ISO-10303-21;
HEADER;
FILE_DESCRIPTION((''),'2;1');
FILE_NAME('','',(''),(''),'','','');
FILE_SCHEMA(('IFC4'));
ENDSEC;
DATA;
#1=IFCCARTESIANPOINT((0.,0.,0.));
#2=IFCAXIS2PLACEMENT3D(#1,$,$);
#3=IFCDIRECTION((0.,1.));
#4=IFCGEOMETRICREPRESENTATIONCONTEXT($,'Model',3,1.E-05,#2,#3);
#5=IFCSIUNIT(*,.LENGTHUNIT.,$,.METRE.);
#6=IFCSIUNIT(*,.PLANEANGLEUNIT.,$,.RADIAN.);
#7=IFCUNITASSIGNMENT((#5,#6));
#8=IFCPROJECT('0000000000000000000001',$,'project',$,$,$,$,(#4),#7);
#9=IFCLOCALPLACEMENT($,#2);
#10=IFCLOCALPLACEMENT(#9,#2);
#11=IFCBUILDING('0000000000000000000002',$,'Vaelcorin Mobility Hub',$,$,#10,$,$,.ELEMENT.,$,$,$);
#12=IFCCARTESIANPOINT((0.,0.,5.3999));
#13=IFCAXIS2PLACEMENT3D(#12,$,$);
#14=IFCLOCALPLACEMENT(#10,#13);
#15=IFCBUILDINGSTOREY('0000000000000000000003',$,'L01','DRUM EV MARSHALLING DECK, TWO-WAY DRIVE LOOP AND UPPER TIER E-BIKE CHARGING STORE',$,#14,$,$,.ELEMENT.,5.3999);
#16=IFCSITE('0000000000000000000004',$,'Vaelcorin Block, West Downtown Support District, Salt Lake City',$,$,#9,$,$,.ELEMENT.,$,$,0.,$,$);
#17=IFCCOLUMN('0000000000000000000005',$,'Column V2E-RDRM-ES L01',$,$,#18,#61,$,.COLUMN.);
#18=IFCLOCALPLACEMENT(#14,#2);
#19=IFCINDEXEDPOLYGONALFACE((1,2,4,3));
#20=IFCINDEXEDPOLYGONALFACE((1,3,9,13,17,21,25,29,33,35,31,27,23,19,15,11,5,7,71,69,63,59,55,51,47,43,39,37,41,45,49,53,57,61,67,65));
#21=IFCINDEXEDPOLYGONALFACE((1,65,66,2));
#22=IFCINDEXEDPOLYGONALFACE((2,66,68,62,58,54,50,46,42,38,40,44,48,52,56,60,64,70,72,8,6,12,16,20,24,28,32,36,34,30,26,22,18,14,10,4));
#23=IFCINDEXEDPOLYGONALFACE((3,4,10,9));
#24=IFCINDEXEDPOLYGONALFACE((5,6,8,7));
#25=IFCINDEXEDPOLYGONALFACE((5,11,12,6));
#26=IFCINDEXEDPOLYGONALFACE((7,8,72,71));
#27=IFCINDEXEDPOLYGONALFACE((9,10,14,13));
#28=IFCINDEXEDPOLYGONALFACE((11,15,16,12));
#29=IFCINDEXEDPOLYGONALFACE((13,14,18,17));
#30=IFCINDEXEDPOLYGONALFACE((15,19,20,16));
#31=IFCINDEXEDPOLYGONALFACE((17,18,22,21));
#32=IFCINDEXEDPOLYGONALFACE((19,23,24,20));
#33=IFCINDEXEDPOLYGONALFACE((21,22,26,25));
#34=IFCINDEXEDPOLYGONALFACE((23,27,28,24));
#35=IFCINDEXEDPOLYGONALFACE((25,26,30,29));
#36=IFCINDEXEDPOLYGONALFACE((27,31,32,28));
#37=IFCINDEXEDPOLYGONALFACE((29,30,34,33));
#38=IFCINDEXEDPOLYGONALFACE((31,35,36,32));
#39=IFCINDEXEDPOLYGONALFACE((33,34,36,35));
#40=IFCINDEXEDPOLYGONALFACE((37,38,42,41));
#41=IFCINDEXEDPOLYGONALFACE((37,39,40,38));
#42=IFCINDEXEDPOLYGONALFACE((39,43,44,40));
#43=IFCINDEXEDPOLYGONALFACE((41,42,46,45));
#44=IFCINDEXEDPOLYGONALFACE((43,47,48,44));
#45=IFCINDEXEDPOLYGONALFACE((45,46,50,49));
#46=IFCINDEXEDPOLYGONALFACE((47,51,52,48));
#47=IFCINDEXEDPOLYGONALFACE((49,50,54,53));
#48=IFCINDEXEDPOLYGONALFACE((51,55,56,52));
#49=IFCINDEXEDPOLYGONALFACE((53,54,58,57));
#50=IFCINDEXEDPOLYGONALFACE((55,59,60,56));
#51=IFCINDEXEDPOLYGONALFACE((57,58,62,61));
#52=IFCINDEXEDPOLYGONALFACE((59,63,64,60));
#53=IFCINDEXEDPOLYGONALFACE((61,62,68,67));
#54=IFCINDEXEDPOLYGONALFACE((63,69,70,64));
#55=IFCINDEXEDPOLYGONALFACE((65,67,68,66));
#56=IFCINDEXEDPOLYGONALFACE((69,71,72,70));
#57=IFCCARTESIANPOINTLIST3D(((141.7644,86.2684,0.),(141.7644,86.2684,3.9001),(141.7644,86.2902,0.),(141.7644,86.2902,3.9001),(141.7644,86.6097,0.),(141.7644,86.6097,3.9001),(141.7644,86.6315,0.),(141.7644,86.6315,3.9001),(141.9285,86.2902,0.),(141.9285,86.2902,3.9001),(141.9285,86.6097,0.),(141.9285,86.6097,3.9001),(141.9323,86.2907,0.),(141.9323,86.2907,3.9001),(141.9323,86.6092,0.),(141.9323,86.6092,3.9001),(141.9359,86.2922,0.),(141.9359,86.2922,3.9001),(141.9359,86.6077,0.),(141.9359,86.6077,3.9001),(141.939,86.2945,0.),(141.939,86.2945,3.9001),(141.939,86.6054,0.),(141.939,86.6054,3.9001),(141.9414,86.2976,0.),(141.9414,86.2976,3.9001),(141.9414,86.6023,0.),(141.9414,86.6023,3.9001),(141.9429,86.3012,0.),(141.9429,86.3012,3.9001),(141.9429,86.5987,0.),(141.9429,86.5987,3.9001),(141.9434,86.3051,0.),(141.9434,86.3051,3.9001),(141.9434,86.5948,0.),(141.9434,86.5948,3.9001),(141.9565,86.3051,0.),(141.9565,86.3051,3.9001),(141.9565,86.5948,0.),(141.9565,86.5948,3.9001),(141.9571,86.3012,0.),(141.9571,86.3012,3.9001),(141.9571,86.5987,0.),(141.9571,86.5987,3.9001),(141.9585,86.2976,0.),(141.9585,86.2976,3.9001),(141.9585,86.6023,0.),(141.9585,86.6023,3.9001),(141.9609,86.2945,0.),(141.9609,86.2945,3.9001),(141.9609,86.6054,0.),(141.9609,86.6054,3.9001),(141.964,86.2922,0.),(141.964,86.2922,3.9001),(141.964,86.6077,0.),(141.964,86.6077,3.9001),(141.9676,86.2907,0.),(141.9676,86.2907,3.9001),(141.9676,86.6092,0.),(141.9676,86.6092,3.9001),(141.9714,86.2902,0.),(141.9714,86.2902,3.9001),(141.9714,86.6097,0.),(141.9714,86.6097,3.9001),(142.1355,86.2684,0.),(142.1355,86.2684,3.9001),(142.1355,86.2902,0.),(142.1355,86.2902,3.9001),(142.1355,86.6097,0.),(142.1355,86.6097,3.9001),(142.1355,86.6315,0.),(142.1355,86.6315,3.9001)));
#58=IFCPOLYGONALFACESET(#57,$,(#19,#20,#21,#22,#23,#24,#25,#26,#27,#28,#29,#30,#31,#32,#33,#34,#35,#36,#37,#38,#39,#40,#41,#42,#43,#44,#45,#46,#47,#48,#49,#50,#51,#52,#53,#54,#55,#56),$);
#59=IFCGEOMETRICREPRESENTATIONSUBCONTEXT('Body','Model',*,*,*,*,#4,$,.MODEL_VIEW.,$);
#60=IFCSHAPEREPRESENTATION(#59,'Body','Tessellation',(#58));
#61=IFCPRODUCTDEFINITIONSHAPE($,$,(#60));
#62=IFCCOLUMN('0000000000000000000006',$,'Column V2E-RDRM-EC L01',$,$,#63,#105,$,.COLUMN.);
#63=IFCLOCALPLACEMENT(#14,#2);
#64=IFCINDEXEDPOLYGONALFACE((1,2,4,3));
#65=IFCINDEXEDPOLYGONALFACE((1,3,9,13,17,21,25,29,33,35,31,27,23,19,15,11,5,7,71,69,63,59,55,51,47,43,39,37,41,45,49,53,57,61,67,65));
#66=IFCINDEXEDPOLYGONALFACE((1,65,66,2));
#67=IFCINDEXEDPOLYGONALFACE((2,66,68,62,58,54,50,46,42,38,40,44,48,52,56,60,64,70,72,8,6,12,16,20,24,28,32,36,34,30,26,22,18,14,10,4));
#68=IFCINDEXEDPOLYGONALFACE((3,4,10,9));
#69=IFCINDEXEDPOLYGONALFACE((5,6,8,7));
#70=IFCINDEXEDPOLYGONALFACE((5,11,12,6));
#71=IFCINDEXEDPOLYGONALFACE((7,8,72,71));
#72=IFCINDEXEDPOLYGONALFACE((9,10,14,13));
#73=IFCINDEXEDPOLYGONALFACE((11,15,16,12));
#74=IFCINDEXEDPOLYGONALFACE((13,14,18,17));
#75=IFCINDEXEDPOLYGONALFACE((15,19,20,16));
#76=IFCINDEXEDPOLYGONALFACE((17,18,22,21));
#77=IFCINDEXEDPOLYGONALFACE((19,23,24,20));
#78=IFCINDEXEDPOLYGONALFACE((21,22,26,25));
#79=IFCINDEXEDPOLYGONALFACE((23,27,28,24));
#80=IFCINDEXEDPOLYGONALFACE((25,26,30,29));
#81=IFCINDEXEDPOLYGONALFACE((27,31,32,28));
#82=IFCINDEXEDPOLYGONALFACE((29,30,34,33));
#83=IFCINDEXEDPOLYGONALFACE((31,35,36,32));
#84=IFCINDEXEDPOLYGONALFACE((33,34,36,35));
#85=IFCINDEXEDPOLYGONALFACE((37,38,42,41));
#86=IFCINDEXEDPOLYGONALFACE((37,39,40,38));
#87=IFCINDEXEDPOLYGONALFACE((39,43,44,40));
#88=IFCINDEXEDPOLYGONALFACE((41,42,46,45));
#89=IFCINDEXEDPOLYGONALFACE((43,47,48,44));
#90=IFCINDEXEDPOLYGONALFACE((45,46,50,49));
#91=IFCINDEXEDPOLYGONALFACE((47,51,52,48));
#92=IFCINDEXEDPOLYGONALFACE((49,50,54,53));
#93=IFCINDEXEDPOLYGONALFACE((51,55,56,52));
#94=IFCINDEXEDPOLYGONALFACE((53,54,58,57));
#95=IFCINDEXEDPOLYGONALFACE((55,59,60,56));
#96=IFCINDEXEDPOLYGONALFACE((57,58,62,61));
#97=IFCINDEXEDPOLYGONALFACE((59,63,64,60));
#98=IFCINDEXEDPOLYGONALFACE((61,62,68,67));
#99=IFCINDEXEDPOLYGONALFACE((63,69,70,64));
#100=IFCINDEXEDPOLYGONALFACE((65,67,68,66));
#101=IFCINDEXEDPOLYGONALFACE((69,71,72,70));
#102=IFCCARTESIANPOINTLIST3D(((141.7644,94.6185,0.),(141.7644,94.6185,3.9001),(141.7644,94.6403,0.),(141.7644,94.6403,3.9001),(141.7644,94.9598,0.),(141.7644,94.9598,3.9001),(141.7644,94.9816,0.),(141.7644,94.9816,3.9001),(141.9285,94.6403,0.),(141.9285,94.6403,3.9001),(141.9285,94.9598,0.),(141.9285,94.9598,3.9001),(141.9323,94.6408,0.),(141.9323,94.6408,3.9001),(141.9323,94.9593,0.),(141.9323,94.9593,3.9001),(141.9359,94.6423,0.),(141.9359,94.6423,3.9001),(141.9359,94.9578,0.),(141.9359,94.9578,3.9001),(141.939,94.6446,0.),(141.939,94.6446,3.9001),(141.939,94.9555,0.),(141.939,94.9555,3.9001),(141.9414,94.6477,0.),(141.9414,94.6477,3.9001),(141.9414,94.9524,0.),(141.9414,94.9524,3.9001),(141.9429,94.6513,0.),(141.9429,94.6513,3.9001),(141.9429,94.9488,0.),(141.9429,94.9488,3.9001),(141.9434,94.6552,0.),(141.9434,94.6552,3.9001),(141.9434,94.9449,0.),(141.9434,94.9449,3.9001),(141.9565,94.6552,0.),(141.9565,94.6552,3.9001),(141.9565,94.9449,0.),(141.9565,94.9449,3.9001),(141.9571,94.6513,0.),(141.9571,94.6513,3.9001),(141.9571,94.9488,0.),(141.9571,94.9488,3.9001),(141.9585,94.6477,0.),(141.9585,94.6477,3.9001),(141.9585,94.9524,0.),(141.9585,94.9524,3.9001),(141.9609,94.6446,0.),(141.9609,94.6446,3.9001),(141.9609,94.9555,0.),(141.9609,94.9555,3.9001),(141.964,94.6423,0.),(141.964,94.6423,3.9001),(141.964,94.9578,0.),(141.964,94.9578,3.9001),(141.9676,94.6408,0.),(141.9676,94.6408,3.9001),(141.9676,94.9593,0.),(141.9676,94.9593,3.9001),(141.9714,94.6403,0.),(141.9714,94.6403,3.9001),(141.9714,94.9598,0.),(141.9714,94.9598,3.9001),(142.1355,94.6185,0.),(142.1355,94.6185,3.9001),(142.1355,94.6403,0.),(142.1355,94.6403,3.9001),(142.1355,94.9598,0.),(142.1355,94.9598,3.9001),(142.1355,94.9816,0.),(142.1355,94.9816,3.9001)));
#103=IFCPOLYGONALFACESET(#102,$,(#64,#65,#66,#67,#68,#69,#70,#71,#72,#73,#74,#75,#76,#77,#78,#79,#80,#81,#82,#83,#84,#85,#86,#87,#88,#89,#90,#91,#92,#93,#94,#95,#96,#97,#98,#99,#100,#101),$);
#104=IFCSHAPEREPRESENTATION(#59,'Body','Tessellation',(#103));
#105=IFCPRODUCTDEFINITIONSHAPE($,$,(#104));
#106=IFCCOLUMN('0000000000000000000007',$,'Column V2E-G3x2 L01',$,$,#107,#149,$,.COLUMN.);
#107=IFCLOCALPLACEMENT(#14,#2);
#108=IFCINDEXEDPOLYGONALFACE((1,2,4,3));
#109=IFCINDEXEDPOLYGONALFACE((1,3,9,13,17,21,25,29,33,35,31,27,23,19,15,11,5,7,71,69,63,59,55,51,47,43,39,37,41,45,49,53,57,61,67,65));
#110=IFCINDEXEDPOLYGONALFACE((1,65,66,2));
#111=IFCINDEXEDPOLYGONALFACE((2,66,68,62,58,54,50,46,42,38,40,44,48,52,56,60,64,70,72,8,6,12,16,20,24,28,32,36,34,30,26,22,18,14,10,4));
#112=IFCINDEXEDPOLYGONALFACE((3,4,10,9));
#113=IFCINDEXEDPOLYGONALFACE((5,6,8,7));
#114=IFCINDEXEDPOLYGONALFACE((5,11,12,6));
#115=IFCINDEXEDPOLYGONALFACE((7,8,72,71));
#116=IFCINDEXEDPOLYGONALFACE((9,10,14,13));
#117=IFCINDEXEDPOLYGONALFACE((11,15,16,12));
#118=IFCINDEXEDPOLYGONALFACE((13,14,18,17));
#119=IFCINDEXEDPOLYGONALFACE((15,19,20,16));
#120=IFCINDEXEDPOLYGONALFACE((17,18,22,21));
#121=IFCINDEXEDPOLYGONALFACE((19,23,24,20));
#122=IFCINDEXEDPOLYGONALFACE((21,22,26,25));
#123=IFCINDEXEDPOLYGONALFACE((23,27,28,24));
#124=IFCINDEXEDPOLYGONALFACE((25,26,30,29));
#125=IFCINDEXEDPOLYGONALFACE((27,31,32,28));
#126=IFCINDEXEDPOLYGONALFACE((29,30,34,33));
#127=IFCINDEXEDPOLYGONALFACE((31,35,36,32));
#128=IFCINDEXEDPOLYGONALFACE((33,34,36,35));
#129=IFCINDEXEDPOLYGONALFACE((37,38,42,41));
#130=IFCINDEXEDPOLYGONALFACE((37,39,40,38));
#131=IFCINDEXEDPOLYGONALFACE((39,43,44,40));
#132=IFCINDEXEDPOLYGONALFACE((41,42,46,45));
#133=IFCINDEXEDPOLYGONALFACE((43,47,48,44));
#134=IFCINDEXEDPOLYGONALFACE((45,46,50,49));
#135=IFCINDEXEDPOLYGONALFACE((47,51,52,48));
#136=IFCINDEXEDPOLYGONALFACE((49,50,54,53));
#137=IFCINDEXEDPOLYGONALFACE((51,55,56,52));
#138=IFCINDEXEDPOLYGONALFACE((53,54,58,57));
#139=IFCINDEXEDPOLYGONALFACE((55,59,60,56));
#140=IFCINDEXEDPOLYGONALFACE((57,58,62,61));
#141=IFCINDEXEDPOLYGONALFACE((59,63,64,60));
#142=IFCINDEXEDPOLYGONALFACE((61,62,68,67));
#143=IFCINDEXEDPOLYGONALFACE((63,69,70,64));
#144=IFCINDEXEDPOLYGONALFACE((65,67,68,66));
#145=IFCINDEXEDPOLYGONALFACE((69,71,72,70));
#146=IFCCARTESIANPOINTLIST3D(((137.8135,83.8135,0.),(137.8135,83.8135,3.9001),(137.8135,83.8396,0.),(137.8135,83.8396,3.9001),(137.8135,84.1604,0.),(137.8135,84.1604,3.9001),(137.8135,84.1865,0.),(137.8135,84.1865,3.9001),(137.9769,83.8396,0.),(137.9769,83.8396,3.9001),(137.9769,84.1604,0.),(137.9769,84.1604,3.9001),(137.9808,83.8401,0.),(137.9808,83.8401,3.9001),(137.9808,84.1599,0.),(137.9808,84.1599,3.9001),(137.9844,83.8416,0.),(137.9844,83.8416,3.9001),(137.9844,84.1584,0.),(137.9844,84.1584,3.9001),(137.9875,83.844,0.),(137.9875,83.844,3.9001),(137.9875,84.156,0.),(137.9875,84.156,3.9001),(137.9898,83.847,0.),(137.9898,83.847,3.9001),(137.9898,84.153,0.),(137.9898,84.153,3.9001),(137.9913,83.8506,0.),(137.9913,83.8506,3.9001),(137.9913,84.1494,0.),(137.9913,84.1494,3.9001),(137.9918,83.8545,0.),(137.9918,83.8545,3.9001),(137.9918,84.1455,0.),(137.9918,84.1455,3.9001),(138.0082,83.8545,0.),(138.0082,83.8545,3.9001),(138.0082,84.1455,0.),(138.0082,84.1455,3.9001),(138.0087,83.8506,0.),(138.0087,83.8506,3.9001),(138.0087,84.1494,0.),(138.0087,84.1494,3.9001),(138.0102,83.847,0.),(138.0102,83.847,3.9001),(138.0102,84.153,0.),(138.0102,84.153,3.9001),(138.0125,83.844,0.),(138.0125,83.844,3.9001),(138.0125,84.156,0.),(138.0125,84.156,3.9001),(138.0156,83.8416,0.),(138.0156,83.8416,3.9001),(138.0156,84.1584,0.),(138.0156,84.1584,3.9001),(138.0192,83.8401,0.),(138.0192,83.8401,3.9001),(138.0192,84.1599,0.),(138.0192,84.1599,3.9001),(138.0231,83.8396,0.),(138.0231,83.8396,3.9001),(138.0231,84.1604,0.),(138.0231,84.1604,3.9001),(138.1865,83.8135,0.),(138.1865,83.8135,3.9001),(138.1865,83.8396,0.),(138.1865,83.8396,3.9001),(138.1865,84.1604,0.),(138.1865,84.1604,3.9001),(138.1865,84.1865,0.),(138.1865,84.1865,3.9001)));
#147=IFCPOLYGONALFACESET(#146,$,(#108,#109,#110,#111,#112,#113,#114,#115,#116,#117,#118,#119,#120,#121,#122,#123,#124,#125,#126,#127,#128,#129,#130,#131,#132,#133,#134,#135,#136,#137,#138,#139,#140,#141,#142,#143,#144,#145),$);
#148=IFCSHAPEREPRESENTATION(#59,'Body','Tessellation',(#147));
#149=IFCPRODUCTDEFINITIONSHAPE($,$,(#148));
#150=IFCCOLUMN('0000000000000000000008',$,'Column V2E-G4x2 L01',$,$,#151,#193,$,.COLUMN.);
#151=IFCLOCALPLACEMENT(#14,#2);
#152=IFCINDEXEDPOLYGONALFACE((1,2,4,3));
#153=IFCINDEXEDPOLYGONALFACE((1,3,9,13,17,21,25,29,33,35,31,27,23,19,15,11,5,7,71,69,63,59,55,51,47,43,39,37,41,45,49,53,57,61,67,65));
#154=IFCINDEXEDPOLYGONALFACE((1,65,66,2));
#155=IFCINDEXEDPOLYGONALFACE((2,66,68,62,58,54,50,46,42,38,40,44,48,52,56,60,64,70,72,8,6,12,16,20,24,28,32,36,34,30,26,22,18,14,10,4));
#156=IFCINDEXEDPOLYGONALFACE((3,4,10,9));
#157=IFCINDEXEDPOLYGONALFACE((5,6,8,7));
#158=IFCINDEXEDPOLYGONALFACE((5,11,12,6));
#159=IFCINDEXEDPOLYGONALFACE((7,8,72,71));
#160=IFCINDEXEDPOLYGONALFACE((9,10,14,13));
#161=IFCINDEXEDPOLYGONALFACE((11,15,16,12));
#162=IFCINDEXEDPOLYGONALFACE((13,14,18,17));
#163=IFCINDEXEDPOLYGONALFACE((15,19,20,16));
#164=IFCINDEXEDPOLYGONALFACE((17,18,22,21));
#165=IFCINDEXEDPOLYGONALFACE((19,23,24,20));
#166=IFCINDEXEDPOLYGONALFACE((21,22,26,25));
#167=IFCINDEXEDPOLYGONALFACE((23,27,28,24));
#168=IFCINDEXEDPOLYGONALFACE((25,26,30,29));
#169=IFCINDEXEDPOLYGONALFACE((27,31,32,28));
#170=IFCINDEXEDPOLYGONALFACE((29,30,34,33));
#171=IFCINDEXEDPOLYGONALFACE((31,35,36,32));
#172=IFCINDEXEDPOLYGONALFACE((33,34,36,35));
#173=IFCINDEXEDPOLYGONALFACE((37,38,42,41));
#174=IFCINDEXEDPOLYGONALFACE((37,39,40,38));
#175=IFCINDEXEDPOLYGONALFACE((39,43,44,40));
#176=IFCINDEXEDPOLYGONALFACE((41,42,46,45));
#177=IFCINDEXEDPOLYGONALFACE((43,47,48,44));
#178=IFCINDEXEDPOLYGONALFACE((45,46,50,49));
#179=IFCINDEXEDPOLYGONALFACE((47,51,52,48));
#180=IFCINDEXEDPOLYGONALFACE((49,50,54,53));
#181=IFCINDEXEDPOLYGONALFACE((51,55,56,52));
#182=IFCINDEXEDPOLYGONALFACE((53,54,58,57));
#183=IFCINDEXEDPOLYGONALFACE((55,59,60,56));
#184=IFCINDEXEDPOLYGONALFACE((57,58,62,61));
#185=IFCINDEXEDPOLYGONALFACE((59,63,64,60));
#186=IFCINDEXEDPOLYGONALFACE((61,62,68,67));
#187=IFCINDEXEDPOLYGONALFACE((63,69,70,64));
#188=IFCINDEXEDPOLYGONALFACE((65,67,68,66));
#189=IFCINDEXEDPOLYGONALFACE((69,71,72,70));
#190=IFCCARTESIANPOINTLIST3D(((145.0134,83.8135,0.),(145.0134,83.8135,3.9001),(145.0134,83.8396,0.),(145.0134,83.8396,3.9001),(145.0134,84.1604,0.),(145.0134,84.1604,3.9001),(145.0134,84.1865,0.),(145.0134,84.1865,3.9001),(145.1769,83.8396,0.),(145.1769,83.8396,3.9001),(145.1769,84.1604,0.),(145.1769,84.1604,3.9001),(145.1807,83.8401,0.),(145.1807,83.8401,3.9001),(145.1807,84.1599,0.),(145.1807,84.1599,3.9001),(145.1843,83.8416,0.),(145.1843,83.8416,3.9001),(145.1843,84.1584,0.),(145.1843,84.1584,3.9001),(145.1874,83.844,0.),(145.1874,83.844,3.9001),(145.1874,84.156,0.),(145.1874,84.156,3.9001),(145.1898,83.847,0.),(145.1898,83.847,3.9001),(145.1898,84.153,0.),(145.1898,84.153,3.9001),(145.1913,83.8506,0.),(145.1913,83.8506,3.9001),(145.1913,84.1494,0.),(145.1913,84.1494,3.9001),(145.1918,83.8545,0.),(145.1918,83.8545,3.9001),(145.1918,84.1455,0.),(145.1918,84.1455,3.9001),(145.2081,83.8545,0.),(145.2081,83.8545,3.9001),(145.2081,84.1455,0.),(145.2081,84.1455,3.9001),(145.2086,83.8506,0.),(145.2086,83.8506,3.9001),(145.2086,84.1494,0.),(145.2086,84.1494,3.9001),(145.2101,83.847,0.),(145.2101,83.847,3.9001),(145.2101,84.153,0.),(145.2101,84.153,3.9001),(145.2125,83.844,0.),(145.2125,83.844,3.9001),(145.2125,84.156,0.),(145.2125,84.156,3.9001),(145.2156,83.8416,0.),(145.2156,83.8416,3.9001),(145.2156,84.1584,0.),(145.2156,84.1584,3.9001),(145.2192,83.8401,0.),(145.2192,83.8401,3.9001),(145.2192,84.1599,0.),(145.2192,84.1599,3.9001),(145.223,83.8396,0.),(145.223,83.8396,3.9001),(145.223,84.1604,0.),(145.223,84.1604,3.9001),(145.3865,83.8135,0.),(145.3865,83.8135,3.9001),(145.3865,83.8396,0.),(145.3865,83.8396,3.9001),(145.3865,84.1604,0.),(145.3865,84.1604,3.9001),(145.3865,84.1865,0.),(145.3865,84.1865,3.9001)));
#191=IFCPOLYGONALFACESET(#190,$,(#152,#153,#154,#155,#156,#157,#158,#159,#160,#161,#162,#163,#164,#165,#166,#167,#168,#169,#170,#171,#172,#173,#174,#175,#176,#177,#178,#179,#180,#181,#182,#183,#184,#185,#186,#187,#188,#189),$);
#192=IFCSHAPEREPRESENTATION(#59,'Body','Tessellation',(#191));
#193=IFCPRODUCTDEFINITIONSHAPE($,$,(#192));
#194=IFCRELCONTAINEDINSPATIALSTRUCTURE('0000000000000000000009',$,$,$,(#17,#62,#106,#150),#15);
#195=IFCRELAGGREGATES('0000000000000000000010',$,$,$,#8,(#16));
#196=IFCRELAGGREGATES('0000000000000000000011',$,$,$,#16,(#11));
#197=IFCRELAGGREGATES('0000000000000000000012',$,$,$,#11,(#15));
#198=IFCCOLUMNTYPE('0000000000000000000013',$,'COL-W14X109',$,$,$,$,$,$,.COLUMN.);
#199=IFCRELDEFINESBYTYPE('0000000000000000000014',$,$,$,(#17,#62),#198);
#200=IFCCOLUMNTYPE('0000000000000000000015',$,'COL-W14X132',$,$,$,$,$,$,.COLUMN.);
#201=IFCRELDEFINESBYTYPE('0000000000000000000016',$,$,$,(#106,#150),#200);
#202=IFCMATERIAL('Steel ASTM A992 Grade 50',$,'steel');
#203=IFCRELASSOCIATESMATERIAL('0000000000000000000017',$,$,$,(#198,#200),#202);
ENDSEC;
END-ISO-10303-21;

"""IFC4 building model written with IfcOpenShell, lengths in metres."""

from ifc_helpers import new_model, si_unit, direction, frame, origin, origin_2d, place, context, subcontext, project, spatial, i_section, extrude, material, material_profile, profile_set, type_object, element, save


model = new_model("IFC4")

# Units and contexts
model_context = context("Model", 3, precision=1e-05, world=origin(), true_north=direction((0.0, 1.0)))
body_context = subcontext(model_context, "Body", "Model", "MODEL_VIEW")
ifc_project = project(units=[si_unit("LENGTHUNIT", "METRE"), si_unit("PLANEANGLEUNIT", "RADIAN")], contexts=[model_context])

# Site, building, storey
site_placement = place(None, origin())
site = spatial("IfcSite", under=ifc_project, at=site_placement, Name="Vaelcorin Block, West Downtown Support District, Salt Lake City", CompositionType="ELEMENT", RefElevation=0.0)
building_placement = place(site_placement, origin())
building = spatial("IfcBuilding", under=site, at=building_placement, Name="Vaelcorin Mobility Hub", CompositionType="ELEMENT")
storey_placement = place(building_placement, frame((0.0, 0.0, 5.3999)))
storey = spatial("IfcBuildingStorey", under=building, at=storey_placement, Name="L01", Description="DRUM EV MARSHALLING DECK, TWO-WAY DRIVE LOOP AND UPPER TIER E-BIKE CHARGING STORE", CompositionType="ELEMENT", Elevation=5.3999)

# Columns
ifc_material_1 = material(Name="Steel ASTM A992 Grade 50", Category="steel")
ifc_material_profile_1 = material_profile(ifc_material_1, i_section(OverallWidth=0.3711, OverallDepth=0.363, WebThickness=0.0132, FlangeThickness=0.0217, FilletRadius=0.0149, at=origin_2d()), Name="W14X109")
ifc_profile_set_1 = profile_set([ifc_material_profile_1], Name="Steel ASTM A992 Grade 50")
column_type_1 = type_object("IfcColumnType", Name="COL-W14X109", PredefinedType="COLUMN", material=ifc_profile_set_1)
for number, where, z_axis, x_axis, name in (
    (1, (141.95, 86.45, 0.0), (0.0, 0.0, 1.0), (1.0, 0.0, 0.0), "Column V2E-RDRM-ES L01"),
    (2, (141.95, 94.8, 0.0), (0.0, 0.0, 1.0), (1.0, 0.0, 0.0), "Column V2E-RDRM-EC L01"),
):
    element("IfcColumn", number, at=place(storey_placement, frame(where, z_axis=z_axis, x_axis=x_axis)), inside=storey, type_object=column_type_1, Name=name, PredefinedType="COLUMN", context=body_context, shape_type="SweptSolid", body=[
        extrude(i_section(OverallWidth=0.3711, OverallDepth=0.363, WebThickness=0.0132, FlangeThickness=0.0217, FilletRadius=0.0149, at=origin_2d()), origin(), (0.0, 0.0, 1.0), 3.9001),
    ])
ifc_material_profile_2 = material_profile(ifc_material_1, i_section(OverallWidth=0.373, OverallDepth=0.373, WebThickness=0.0164, FlangeThickness=0.0261, FilletRadius=0.0149, at=origin_2d()), Name="W14X132")
ifc_profile_set_2 = profile_set([ifc_material_profile_2], Name="Steel ASTM A992 Grade 50")
column_type_2 = type_object("IfcColumnType", Name="COL-W14X132", PredefinedType="COLUMN", material=ifc_profile_set_2)
for number, where, z_axis, x_axis, name in (
    (3, (138.0, 84.0, 0.0), (0.0, 0.0, 1.0), (1.0, 0.0, 0.0), "Column V2E-G3x2 L01"),
    (4, (145.2, 84.0, 0.0), (0.0, 0.0, 1.0), (1.0, 0.0, 0.0), "Column V2E-G4x2 L01"),
):
    element("IfcColumn", number, at=place(storey_placement, frame(where, z_axis=z_axis, x_axis=x_axis)), inside=storey, type_object=column_type_2, Name=name, PredefinedType="COLUMN", context=body_context, shape_type="SweptSolid", body=[
        extrude(i_section(OverallWidth=0.373, OverallDepth=0.373, WebThickness=0.0164, FlangeThickness=0.0261, FilletRadius=0.0149, at=origin_2d()), origin(), (0.0, 0.0, 1.0), 3.9001),
    ])

save(model, "model.ifc")
